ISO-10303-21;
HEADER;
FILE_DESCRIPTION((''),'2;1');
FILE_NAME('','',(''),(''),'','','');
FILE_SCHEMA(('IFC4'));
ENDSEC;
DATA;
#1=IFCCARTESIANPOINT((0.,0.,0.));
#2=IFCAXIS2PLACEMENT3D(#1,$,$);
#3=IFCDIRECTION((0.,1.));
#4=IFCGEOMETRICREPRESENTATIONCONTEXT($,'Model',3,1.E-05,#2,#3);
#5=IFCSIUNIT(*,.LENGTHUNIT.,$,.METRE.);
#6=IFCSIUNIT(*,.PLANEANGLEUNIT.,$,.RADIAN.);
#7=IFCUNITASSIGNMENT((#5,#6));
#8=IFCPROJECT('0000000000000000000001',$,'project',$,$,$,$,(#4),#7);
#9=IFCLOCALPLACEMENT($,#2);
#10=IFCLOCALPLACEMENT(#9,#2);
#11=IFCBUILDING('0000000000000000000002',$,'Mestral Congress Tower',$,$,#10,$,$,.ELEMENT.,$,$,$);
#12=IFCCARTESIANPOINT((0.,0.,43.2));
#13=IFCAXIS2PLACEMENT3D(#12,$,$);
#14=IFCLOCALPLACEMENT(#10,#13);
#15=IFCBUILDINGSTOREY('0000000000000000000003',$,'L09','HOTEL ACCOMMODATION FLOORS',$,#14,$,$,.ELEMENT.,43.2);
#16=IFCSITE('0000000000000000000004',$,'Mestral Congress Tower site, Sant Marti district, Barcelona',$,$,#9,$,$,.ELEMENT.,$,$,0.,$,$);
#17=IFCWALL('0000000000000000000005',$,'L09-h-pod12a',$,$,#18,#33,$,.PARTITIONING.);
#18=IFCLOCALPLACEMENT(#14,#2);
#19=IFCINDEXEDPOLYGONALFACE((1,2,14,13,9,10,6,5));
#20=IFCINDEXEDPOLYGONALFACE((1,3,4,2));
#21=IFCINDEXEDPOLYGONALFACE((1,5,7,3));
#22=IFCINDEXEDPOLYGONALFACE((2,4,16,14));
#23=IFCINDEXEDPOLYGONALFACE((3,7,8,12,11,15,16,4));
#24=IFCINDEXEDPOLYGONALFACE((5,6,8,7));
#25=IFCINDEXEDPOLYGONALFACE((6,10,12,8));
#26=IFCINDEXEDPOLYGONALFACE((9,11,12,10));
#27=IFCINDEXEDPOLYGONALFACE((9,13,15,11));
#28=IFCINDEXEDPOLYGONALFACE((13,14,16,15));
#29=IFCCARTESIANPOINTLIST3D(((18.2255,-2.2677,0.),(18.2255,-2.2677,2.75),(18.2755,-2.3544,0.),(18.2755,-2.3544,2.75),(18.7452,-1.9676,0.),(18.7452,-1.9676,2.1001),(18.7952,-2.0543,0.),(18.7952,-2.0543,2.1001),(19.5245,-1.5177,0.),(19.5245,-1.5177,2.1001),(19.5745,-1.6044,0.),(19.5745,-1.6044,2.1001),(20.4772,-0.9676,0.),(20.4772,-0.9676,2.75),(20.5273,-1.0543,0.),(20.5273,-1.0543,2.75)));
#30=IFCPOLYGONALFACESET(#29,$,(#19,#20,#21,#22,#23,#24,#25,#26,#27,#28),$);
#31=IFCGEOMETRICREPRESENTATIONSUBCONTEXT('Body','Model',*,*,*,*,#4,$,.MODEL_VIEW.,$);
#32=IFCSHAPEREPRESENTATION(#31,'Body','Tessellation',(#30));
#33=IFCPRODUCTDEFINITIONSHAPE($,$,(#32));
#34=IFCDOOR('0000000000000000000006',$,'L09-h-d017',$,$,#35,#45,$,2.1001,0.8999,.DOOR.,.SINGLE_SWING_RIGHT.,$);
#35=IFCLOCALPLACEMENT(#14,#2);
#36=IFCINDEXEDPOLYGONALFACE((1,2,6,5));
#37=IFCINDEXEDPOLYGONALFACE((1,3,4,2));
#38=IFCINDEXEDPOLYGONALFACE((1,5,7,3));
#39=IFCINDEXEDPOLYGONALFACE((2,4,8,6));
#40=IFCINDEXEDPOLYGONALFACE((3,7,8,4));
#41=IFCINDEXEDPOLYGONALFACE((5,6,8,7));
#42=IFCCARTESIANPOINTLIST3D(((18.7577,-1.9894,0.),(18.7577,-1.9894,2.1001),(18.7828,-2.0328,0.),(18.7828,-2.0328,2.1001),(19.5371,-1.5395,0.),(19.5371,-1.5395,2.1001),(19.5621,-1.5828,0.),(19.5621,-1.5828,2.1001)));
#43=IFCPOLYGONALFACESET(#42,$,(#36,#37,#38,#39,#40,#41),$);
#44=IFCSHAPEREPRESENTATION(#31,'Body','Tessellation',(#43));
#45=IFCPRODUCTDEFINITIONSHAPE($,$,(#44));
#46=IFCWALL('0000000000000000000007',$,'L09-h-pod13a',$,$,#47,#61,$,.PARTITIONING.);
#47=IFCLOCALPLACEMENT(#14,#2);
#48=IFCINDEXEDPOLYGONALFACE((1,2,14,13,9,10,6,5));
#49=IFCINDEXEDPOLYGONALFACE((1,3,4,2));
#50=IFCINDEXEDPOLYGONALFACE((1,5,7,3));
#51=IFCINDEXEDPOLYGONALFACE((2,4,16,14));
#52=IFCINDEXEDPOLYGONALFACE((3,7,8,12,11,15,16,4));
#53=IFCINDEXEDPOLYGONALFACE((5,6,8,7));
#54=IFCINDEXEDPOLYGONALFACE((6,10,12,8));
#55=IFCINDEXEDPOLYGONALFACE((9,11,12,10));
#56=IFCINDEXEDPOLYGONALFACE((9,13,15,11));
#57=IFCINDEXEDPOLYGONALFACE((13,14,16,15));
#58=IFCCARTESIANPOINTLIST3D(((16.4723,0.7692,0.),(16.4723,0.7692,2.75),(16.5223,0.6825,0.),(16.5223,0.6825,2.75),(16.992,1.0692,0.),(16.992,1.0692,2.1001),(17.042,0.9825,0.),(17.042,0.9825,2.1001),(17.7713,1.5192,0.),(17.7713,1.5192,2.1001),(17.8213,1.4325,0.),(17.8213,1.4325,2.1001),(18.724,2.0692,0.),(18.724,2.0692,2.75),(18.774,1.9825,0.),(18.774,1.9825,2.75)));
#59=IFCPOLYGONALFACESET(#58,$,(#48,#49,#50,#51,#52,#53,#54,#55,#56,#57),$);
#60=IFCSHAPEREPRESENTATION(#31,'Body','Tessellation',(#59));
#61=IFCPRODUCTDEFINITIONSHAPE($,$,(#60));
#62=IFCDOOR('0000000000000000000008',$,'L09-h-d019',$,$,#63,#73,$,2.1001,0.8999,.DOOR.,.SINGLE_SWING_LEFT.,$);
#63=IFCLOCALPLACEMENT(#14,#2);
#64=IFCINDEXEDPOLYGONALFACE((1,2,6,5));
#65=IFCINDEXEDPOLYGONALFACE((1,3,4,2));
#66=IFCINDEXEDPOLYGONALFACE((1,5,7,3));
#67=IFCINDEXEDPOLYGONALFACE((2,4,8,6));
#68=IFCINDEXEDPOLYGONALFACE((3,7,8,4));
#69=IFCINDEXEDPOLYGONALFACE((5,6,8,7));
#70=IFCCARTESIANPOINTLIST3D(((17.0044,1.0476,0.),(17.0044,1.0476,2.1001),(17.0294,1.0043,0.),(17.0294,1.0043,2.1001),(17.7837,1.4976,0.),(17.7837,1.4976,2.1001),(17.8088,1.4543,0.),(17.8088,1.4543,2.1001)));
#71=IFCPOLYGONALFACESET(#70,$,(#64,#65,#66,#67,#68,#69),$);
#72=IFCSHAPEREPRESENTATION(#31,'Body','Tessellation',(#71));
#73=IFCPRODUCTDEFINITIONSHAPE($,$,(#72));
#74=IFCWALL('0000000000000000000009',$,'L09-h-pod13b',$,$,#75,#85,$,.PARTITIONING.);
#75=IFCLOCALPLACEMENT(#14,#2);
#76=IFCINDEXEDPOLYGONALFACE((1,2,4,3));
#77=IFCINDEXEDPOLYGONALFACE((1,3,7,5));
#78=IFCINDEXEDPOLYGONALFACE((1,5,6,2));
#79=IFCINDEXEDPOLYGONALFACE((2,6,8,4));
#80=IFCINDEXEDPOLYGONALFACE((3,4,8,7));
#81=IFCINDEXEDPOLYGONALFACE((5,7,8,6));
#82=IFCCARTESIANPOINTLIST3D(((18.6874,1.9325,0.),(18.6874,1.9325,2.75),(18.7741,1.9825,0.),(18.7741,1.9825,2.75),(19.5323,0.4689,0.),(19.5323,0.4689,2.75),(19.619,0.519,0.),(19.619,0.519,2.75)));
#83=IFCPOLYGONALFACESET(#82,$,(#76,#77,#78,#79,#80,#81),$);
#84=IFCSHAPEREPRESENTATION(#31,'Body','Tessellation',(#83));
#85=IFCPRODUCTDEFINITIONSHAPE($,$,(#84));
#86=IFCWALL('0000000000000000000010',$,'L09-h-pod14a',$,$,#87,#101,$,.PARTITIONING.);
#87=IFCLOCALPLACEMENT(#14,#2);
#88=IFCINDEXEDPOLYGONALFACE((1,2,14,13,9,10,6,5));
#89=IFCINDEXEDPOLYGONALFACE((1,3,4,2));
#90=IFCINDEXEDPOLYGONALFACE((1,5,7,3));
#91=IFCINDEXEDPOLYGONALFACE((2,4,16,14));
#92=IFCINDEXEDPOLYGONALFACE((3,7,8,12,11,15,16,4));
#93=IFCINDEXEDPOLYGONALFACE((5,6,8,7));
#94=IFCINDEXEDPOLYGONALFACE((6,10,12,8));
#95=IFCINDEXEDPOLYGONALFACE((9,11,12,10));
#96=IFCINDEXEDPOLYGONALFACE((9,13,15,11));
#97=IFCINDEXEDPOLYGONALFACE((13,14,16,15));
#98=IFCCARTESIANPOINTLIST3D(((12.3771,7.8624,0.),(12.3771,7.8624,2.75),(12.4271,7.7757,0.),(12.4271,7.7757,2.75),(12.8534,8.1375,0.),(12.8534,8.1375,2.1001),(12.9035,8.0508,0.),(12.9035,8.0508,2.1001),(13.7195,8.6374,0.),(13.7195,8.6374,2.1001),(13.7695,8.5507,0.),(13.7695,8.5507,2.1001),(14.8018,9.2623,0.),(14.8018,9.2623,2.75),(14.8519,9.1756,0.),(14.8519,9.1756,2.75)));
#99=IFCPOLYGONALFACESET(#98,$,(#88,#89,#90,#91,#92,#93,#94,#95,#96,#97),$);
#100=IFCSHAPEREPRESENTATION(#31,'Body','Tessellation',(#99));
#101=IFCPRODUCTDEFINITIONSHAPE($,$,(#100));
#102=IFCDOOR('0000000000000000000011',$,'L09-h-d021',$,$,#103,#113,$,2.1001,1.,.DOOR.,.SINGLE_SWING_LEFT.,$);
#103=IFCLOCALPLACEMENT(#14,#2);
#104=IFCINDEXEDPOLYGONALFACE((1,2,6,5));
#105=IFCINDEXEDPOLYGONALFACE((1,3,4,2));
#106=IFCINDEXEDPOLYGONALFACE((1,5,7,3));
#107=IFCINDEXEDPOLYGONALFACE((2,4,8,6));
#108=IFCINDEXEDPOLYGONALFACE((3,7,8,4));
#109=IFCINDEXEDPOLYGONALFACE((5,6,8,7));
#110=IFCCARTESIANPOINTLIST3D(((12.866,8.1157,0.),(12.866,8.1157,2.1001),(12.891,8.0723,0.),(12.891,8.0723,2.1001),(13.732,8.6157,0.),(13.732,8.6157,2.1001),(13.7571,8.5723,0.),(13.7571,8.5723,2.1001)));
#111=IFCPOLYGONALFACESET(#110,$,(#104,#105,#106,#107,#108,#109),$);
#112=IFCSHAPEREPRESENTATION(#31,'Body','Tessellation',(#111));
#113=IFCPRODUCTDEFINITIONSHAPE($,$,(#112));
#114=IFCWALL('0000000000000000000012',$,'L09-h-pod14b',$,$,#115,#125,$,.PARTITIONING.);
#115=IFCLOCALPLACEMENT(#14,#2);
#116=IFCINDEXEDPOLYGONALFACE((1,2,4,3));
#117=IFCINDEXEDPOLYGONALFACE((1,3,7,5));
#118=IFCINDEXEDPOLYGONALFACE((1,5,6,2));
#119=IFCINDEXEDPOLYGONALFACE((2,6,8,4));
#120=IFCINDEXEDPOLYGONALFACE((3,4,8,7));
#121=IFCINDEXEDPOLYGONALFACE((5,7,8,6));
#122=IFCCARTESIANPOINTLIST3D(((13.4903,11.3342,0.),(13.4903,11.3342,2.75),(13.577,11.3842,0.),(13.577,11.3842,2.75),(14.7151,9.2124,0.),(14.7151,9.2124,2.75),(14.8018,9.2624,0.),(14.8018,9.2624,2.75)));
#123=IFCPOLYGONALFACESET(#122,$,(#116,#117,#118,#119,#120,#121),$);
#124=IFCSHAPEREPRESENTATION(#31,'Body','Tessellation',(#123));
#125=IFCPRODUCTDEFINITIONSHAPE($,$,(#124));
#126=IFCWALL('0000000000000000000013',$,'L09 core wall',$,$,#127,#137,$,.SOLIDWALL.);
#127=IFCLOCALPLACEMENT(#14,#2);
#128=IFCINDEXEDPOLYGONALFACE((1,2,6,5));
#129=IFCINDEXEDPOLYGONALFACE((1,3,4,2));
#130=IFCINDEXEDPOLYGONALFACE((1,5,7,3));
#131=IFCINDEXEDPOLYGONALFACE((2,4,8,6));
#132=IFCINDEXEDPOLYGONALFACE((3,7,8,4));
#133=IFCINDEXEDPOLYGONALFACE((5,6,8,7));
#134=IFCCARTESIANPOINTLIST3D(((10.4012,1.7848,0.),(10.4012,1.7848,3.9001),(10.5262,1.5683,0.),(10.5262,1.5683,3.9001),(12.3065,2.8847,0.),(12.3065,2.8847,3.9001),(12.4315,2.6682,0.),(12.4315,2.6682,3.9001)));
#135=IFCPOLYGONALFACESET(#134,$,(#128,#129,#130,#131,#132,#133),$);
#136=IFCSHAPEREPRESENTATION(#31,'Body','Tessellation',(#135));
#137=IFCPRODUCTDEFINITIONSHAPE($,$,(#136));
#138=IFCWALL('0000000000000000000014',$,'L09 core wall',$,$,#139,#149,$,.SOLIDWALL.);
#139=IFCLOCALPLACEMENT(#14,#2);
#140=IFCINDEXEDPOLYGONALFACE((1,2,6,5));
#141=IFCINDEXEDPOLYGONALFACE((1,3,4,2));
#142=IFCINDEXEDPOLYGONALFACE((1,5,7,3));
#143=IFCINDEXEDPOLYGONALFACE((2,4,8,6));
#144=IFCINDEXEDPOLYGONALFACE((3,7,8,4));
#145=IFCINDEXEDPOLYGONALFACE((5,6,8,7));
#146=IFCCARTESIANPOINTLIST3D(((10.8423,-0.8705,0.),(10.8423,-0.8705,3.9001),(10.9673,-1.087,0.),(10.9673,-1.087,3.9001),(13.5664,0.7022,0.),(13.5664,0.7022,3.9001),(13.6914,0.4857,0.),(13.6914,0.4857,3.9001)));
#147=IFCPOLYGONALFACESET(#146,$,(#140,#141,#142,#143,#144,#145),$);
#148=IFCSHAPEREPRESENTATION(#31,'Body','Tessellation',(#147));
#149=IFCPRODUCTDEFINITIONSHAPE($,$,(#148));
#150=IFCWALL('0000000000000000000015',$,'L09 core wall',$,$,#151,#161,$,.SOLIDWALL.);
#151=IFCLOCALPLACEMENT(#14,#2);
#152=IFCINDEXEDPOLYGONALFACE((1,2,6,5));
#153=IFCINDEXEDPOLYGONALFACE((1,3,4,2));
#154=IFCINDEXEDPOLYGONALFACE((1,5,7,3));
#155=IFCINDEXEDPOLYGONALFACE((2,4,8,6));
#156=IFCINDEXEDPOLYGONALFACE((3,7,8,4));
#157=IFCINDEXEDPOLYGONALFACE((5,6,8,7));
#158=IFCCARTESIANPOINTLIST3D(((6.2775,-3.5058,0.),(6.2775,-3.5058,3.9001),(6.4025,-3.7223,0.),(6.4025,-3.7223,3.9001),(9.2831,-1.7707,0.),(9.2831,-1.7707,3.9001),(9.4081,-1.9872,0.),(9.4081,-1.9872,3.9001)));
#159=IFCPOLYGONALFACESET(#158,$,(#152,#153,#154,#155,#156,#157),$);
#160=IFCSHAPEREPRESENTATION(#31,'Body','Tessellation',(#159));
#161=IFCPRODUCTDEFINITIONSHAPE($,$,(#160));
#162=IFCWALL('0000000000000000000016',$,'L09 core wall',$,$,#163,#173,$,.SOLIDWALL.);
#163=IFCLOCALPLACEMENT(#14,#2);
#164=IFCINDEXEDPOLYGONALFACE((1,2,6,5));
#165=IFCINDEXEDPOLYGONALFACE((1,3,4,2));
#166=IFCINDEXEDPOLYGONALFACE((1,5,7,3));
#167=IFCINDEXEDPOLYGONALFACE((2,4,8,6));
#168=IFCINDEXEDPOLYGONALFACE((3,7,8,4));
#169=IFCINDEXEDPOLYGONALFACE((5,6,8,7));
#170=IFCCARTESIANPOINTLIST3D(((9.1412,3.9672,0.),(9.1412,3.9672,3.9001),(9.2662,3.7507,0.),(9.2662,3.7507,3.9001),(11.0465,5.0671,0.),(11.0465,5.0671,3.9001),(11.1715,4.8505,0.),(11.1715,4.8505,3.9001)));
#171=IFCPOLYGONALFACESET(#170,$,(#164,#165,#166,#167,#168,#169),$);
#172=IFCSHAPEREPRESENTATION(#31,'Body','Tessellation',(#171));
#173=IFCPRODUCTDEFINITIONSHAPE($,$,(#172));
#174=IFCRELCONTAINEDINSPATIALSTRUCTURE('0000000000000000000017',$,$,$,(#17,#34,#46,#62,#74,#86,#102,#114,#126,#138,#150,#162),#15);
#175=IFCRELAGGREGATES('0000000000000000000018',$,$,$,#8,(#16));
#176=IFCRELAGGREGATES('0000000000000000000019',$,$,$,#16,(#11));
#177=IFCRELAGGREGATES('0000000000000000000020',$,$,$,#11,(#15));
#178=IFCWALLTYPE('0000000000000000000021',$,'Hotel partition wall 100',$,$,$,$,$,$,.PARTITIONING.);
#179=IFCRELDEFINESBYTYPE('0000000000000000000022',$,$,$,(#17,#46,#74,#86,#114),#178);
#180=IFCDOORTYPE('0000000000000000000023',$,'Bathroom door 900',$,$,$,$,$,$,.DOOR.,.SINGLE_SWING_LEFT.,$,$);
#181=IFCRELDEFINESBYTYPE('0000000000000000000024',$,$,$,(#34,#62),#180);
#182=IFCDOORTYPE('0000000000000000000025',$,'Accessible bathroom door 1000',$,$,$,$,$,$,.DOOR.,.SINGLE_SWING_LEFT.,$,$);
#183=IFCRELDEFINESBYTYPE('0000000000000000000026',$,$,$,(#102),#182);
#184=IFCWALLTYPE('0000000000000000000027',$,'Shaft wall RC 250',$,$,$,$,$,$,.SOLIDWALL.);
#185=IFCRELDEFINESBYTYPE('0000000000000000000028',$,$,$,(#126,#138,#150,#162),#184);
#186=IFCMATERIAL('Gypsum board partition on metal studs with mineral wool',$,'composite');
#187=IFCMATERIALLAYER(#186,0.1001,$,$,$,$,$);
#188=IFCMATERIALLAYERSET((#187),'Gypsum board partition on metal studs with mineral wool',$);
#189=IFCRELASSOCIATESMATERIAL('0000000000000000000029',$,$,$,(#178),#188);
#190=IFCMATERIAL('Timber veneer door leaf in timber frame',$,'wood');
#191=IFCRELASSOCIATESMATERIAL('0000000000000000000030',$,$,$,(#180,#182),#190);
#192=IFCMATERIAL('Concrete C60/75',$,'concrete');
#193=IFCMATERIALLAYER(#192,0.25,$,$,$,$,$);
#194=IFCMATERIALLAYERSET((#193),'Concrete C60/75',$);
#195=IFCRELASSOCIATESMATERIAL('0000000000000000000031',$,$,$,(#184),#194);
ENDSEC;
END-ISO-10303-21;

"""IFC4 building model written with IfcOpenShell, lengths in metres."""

from ifc_helpers import new_model, si_unit, direction, frame, frame_2d, origin, place, context, subcontext, project, spatial, rectangle, extrude, material, layer, layer_set, type_object, element, fill, save


model = new_model("IFC4")

# Units and contexts
model_context = context("Model", 3, precision=1e-05, world=origin(), true_north=direction((0.0, 1.0)))
body_context = subcontext(model_context, "Body", "Model", "MODEL_VIEW")
ifc_project = project(units=[si_unit("LENGTHUNIT", "METRE"), si_unit("PLANEANGLEUNIT", "RADIAN")], contexts=[model_context])

# Site, building, storey
site_placement = place(None, origin())
site = spatial("IfcSite", under=ifc_project, at=site_placement, Name="Mestral Congress Tower site, Sant Marti district, Barcelona", CompositionType="ELEMENT", RefElevation=0.0)
building_placement = place(site_placement, origin())
building = spatial("IfcBuilding", under=site, at=building_placement, Name="Mestral Congress Tower", CompositionType="ELEMENT")
storey_placement = place(building_placement, frame((0.0, 0.0, 43.2)))
storey = spatial("IfcBuildingStorey", under=building, at=storey_placement, Name="L09", Description="HOTEL ACCOMMODATION FLOORS", CompositionType="ELEMENT", Elevation=43.2)

# Walls, openings, doors
ifc_material_1 = material(Name="Gypsum board partition on metal studs with mineral wool", Category="composite")
ifc_layer_1 = layer(ifc_material_1, 0.1001)
ifc_layer_set_1 = layer_set([ifc_layer_1], Name="Gypsum board partition on metal studs with mineral wool")
wall_type_1 = type_object("IfcWallType", Name="Hotel partition wall 100", PredefinedType="PARTITIONING", material=ifc_layer_set_1)
wall_1_placement = place(storey_placement, frame((18.2505, -2.311, 0.0), z_axis=(0.0, 0.0, 1.0), x_axis=(0.866021, 0.500007, 0.0)))
wall_1 = element("IfcWall", 1, at=wall_1_placement, inside=storey, type_object=wall_type_1, Name="L09-h-pod12a", PredefinedType="PARTITIONING", context=body_context, shape_type="SweptSolid", body=[
    extrude(rectangle(XDim=2.6001, YDim=0.1001, at=frame_2d((1.3, 0.0))), origin(), (0.0, 0.0, 1.0), 2.75),
])
opening_1_placement = place(wall_1_placement, frame((0.6001, 0.0, 0.0)))
opening_1 = element("IfcOpeningElement", 2, at=opening_1_placement, cuts=wall_1, PredefinedType="OPENING", context=body_context, shape_type="SweptSolid", body=[
    extrude(rectangle(XDim=0.8999, YDim=2.1001, at=frame_2d((0.45, 1.05))), frame((0.0, 0.0601, 0.0), z_axis=(0.0, -1.0, 0.0), x_axis=(1.0, 0.0, 0.0)), (0.0, 0.0, 1.0), 0.1201),
])
ifc_material_2 = material(Name="Timber veneer door leaf in timber frame", Category="wood")
door_type_1 = type_object("IfcDoorType", Name="Bathroom door 900", OperationType="SINGLE_SWING_LEFT", PredefinedType="DOOR", material=ifc_material_2)
door_1_placement = place(opening_1_placement, origin())
door_1 = element("IfcDoor", 3, at=door_1_placement, inside=storey, type_object=door_type_1, Name="L09-h-d017", OperationType="SINGLE_SWING_RIGHT", OverallHeight=2.1001, OverallWidth=0.8999, PredefinedType="DOOR", context=body_context, shape_type="SweptSolid", body=[
    extrude(rectangle(XDim=0.8999, YDim=2.1001, at=frame_2d((0.45, 1.05))), frame((0.0, 0.0249, 0.0), z_axis=(0.0, -1.0, 0.0), x_axis=(1.0, 0.0, 0.0)), (0.0, 0.0, 1.0), 0.05),
])
fill(opening_1, door_1)
wall_2_placement = place(storey_placement, frame((18.749, 2.0259, 0.0), z_axis=(0.0, 0.0, 1.0), x_axis=(-0.866021, -0.500007, 0.0)))
wall_2 = element("IfcWall", 4, at=wall_2_placement, inside=storey, type_object=wall_type_1, Name="L09-h-pod13a", PredefinedType="PARTITIONING", context=body_context, shape_type="SweptSolid", body=[
    extrude(rectangle(XDim=2.6001, YDim=0.1001, at=frame_2d((1.3, 0.0))), origin(), (0.0, 0.0, 1.0), 2.75),
])
opening_2_placement = place(wall_2_placement, frame((1.1001, 0.0, 0.0)))
opening_2 = element("IfcOpeningElement", 5, at=opening_2_placement, cuts=wall_2, PredefinedType="OPENING", context=body_context, shape_type="SweptSolid", body=[
    extrude(rectangle(XDim=0.8999, YDim=2.1001, at=frame_2d((0.45, 1.05))), frame((0.0, 0.0601, 0.0), z_axis=(0.0, -1.0, 0.0), x_axis=(1.0, 0.0, 0.0)), (0.0, 0.0, 1.0), 0.1201),
])
door_2_placement = place(opening_2_placement, origin())
door_2 = element("IfcDoor", 6, at=door_2_placement, inside=storey, type_object=door_type_1, Name="L09-h-d019", OperationType="SINGLE_SWING_LEFT", OverallHeight=2.1001, OverallWidth=0.8999, PredefinedType="DOOR", context=body_context, shape_type="SweptSolid", body=[
    extrude(rectangle(XDim=0.8999, YDim=2.1001, at=frame_2d((0.45, 1.05))), frame((0.0, 0.0249, 0.0), z_axis=(0.0, -1.0, 0.0), x_axis=(1.0, 0.0, 0.0)), (0.0, 0.0, 1.0), 0.05),
])
fill(opening_2, door_2)

# Wall
wall_3_placement = place(storey_placement, frame((18.7307, 1.9575, 0.0), z_axis=(0.0, 0.0, 1.0), x_axis=(0.499977, -0.866039, 0.0)))
element("IfcWall", 7, at=wall_3_placement, inside=storey, type_object=wall_type_1, Name="L09-h-pod13b", PredefinedType="PARTITIONING", context=body_context, shape_type="SweptSolid", body=[
    extrude(rectangle(XDim=1.6899, YDim=0.1001, at=frame_2d((0.845, 0.0))), origin(), (0.0, 0.0, 1.0), 2.75),
])

# Wall, opening, door
wall_4_placement = place(storey_placement, frame((12.4021, 7.8191, 0.0), z_axis=(0.0, 0.0, 1.0), x_axis=(0.866035, 0.499984, 0.0)))
wall_4 = element("IfcWall", 8, at=wall_4_placement, inside=storey, type_object=wall_type_1, Name="L09-h-pod14a", PredefinedType="PARTITIONING", context=body_context, shape_type="SweptSolid", body=[
    extrude(rectangle(XDim=2.7998, YDim=0.1001, at=frame_2d((1.3999, 0.0))), origin(), (0.0, 0.0, 1.0), 2.75),
])
opening_3_placement = place(wall_4_placement, frame((0.55, 0.0, 0.0)))
opening_3 = element("IfcOpeningElement", 9, at=opening_3_placement, cuts=wall_4, PredefinedType="OPENING", context=body_context, shape_type="SweptSolid", body=[
    extrude(rectangle(XDim=1.0, YDim=2.1001, at=frame_2d((0.5, 1.05))), frame((0.0, 0.0601, 0.0), z_axis=(0.0, -1.0, 0.0), x_axis=(1.0, 0.0, 0.0)), (0.0, 0.0, 1.0), 0.1201),
])
door_type_2 = type_object("IfcDoorType", Name="Accessible bathroom door 1000", OperationType="SINGLE_SWING_LEFT", PredefinedType="DOOR", material=ifc_material_2)
door_3_placement = place(opening_3_placement, origin())
door_3 = element("IfcDoor", 10, at=door_3_placement, inside=storey, type_object=door_type_2, Name="L09-h-d021", OperationType="SINGLE_SWING_LEFT", OverallHeight=2.1001, OverallWidth=1.0, PredefinedType="DOOR", context=body_context, shape_type="SweptSolid", body=[
    extrude(rectangle(XDim=1.0, YDim=2.1001, at=frame_2d((0.5, 1.05))), frame((0.0, 0.0249, 0.0), z_axis=(0.0, -1.0, 0.0), x_axis=(1.0, 0.0, 0.0)), (0.0, 0.0, 1.0), 0.05),
])
fill(opening_3, door_3)

# Walls
wall_5_placement = place(storey_placement, frame((14.7585, 9.2373, 0.0), z_axis=(0.0, 0.0, 1.0), x_axis=(-0.499944, 0.866058, 0.0)))
element("IfcWall", 11, at=wall_5_placement, inside=storey, type_object=wall_type_1, Name="L09-h-pod14b", PredefinedType="PARTITIONING", context=body_context, shape_type="SweptSolid", body=[
    extrude(rectangle(XDim=2.45, YDim=0.1001, at=frame_2d((1.2251, 0.0))), origin(), (0.0, 0.0, 1.0), 2.75),
])
ifc_material_3 = material(Name="Concrete C60/75", Category="concrete")
ifc_layer_2 = layer(ifc_material_3, 0.25)
ifc_layer_set_2 = layer_set([ifc_layer_2], Name="Concrete C60/75")
wall_type_2 = type_object("IfcWallType", Name="Shaft wall RC 250", PredefinedType="SOLIDWALL", material=ifc_layer_set_2)
wall_6_placement = place(storey_placement, frame((10.4636, 1.6765, 0.0), z_axis=(0.0, 0.0, 1.0), x_axis=(0.866056, 0.499947, 0.0)))
element("IfcWall", 12, at=wall_6_placement, inside=storey, type_object=wall_type_2, Name="L09 core wall", PredefinedType="SOLIDWALL", context=body_context, shape_type="SweptSolid", body=[
    extrude(rectangle(XDim=2.2, YDim=0.25, at=frame_2d((1.1001, 0.0))), origin(), (0.0, 0.0, 1.0), 3.9001),
])
wall_7_placement = place(storey_placement, frame((13.6289, 0.594, 0.0), z_axis=(0.0, 0.0, 1.0), x_axis=(-0.866028, -0.499996, 0.0)))
element("IfcWall", 13, at=wall_7_placement, inside=storey, type_object=wall_type_2, Name="L09 core wall", PredefinedType="SOLIDWALL", context=body_context, shape_type="SweptSolid", body=[
    extrude(rectangle(XDim=3.1455, YDim=0.25, at=frame_2d((1.5728, 0.0))), origin(), (0.0, 0.0, 1.0), 3.9001),
])
wall_8_placement = place(storey_placement, frame((9.3457, -1.8789, 0.0), z_axis=(0.0, 0.0, 1.0), x_axis=(-0.866049, -0.49996, 0.0)))
element("IfcWall", 14, at=wall_8_placement, inside=storey, type_object=wall_type_2, Name="L09 core wall", PredefinedType="SOLIDWALL", context=body_context, shape_type="SweptSolid", body=[
    extrude(rectangle(XDim=3.4705, YDim=0.25, at=frame_2d((1.7354, 0.0))), origin(), (0.0, 0.0, 1.0), 3.9001),
])
wall_9_placement = place(storey_placement, frame((9.2036, 3.8589, 0.0), z_axis=(0.0, 0.0, 1.0), x_axis=(0.866056, 0.499947, 0.0)))
element("IfcWall", 15, at=wall_9_placement, inside=storey, type_object=wall_type_2, Name="L09 core wall", PredefinedType="SOLIDWALL", context=body_context, shape_type="SweptSolid", body=[
    extrude(rectangle(XDim=2.2, YDim=0.25, at=frame_2d((1.1001, 0.0))), origin(), (0.0, 0.0, 1.0), 3.9001),
])

save(model, "model.ifc")
